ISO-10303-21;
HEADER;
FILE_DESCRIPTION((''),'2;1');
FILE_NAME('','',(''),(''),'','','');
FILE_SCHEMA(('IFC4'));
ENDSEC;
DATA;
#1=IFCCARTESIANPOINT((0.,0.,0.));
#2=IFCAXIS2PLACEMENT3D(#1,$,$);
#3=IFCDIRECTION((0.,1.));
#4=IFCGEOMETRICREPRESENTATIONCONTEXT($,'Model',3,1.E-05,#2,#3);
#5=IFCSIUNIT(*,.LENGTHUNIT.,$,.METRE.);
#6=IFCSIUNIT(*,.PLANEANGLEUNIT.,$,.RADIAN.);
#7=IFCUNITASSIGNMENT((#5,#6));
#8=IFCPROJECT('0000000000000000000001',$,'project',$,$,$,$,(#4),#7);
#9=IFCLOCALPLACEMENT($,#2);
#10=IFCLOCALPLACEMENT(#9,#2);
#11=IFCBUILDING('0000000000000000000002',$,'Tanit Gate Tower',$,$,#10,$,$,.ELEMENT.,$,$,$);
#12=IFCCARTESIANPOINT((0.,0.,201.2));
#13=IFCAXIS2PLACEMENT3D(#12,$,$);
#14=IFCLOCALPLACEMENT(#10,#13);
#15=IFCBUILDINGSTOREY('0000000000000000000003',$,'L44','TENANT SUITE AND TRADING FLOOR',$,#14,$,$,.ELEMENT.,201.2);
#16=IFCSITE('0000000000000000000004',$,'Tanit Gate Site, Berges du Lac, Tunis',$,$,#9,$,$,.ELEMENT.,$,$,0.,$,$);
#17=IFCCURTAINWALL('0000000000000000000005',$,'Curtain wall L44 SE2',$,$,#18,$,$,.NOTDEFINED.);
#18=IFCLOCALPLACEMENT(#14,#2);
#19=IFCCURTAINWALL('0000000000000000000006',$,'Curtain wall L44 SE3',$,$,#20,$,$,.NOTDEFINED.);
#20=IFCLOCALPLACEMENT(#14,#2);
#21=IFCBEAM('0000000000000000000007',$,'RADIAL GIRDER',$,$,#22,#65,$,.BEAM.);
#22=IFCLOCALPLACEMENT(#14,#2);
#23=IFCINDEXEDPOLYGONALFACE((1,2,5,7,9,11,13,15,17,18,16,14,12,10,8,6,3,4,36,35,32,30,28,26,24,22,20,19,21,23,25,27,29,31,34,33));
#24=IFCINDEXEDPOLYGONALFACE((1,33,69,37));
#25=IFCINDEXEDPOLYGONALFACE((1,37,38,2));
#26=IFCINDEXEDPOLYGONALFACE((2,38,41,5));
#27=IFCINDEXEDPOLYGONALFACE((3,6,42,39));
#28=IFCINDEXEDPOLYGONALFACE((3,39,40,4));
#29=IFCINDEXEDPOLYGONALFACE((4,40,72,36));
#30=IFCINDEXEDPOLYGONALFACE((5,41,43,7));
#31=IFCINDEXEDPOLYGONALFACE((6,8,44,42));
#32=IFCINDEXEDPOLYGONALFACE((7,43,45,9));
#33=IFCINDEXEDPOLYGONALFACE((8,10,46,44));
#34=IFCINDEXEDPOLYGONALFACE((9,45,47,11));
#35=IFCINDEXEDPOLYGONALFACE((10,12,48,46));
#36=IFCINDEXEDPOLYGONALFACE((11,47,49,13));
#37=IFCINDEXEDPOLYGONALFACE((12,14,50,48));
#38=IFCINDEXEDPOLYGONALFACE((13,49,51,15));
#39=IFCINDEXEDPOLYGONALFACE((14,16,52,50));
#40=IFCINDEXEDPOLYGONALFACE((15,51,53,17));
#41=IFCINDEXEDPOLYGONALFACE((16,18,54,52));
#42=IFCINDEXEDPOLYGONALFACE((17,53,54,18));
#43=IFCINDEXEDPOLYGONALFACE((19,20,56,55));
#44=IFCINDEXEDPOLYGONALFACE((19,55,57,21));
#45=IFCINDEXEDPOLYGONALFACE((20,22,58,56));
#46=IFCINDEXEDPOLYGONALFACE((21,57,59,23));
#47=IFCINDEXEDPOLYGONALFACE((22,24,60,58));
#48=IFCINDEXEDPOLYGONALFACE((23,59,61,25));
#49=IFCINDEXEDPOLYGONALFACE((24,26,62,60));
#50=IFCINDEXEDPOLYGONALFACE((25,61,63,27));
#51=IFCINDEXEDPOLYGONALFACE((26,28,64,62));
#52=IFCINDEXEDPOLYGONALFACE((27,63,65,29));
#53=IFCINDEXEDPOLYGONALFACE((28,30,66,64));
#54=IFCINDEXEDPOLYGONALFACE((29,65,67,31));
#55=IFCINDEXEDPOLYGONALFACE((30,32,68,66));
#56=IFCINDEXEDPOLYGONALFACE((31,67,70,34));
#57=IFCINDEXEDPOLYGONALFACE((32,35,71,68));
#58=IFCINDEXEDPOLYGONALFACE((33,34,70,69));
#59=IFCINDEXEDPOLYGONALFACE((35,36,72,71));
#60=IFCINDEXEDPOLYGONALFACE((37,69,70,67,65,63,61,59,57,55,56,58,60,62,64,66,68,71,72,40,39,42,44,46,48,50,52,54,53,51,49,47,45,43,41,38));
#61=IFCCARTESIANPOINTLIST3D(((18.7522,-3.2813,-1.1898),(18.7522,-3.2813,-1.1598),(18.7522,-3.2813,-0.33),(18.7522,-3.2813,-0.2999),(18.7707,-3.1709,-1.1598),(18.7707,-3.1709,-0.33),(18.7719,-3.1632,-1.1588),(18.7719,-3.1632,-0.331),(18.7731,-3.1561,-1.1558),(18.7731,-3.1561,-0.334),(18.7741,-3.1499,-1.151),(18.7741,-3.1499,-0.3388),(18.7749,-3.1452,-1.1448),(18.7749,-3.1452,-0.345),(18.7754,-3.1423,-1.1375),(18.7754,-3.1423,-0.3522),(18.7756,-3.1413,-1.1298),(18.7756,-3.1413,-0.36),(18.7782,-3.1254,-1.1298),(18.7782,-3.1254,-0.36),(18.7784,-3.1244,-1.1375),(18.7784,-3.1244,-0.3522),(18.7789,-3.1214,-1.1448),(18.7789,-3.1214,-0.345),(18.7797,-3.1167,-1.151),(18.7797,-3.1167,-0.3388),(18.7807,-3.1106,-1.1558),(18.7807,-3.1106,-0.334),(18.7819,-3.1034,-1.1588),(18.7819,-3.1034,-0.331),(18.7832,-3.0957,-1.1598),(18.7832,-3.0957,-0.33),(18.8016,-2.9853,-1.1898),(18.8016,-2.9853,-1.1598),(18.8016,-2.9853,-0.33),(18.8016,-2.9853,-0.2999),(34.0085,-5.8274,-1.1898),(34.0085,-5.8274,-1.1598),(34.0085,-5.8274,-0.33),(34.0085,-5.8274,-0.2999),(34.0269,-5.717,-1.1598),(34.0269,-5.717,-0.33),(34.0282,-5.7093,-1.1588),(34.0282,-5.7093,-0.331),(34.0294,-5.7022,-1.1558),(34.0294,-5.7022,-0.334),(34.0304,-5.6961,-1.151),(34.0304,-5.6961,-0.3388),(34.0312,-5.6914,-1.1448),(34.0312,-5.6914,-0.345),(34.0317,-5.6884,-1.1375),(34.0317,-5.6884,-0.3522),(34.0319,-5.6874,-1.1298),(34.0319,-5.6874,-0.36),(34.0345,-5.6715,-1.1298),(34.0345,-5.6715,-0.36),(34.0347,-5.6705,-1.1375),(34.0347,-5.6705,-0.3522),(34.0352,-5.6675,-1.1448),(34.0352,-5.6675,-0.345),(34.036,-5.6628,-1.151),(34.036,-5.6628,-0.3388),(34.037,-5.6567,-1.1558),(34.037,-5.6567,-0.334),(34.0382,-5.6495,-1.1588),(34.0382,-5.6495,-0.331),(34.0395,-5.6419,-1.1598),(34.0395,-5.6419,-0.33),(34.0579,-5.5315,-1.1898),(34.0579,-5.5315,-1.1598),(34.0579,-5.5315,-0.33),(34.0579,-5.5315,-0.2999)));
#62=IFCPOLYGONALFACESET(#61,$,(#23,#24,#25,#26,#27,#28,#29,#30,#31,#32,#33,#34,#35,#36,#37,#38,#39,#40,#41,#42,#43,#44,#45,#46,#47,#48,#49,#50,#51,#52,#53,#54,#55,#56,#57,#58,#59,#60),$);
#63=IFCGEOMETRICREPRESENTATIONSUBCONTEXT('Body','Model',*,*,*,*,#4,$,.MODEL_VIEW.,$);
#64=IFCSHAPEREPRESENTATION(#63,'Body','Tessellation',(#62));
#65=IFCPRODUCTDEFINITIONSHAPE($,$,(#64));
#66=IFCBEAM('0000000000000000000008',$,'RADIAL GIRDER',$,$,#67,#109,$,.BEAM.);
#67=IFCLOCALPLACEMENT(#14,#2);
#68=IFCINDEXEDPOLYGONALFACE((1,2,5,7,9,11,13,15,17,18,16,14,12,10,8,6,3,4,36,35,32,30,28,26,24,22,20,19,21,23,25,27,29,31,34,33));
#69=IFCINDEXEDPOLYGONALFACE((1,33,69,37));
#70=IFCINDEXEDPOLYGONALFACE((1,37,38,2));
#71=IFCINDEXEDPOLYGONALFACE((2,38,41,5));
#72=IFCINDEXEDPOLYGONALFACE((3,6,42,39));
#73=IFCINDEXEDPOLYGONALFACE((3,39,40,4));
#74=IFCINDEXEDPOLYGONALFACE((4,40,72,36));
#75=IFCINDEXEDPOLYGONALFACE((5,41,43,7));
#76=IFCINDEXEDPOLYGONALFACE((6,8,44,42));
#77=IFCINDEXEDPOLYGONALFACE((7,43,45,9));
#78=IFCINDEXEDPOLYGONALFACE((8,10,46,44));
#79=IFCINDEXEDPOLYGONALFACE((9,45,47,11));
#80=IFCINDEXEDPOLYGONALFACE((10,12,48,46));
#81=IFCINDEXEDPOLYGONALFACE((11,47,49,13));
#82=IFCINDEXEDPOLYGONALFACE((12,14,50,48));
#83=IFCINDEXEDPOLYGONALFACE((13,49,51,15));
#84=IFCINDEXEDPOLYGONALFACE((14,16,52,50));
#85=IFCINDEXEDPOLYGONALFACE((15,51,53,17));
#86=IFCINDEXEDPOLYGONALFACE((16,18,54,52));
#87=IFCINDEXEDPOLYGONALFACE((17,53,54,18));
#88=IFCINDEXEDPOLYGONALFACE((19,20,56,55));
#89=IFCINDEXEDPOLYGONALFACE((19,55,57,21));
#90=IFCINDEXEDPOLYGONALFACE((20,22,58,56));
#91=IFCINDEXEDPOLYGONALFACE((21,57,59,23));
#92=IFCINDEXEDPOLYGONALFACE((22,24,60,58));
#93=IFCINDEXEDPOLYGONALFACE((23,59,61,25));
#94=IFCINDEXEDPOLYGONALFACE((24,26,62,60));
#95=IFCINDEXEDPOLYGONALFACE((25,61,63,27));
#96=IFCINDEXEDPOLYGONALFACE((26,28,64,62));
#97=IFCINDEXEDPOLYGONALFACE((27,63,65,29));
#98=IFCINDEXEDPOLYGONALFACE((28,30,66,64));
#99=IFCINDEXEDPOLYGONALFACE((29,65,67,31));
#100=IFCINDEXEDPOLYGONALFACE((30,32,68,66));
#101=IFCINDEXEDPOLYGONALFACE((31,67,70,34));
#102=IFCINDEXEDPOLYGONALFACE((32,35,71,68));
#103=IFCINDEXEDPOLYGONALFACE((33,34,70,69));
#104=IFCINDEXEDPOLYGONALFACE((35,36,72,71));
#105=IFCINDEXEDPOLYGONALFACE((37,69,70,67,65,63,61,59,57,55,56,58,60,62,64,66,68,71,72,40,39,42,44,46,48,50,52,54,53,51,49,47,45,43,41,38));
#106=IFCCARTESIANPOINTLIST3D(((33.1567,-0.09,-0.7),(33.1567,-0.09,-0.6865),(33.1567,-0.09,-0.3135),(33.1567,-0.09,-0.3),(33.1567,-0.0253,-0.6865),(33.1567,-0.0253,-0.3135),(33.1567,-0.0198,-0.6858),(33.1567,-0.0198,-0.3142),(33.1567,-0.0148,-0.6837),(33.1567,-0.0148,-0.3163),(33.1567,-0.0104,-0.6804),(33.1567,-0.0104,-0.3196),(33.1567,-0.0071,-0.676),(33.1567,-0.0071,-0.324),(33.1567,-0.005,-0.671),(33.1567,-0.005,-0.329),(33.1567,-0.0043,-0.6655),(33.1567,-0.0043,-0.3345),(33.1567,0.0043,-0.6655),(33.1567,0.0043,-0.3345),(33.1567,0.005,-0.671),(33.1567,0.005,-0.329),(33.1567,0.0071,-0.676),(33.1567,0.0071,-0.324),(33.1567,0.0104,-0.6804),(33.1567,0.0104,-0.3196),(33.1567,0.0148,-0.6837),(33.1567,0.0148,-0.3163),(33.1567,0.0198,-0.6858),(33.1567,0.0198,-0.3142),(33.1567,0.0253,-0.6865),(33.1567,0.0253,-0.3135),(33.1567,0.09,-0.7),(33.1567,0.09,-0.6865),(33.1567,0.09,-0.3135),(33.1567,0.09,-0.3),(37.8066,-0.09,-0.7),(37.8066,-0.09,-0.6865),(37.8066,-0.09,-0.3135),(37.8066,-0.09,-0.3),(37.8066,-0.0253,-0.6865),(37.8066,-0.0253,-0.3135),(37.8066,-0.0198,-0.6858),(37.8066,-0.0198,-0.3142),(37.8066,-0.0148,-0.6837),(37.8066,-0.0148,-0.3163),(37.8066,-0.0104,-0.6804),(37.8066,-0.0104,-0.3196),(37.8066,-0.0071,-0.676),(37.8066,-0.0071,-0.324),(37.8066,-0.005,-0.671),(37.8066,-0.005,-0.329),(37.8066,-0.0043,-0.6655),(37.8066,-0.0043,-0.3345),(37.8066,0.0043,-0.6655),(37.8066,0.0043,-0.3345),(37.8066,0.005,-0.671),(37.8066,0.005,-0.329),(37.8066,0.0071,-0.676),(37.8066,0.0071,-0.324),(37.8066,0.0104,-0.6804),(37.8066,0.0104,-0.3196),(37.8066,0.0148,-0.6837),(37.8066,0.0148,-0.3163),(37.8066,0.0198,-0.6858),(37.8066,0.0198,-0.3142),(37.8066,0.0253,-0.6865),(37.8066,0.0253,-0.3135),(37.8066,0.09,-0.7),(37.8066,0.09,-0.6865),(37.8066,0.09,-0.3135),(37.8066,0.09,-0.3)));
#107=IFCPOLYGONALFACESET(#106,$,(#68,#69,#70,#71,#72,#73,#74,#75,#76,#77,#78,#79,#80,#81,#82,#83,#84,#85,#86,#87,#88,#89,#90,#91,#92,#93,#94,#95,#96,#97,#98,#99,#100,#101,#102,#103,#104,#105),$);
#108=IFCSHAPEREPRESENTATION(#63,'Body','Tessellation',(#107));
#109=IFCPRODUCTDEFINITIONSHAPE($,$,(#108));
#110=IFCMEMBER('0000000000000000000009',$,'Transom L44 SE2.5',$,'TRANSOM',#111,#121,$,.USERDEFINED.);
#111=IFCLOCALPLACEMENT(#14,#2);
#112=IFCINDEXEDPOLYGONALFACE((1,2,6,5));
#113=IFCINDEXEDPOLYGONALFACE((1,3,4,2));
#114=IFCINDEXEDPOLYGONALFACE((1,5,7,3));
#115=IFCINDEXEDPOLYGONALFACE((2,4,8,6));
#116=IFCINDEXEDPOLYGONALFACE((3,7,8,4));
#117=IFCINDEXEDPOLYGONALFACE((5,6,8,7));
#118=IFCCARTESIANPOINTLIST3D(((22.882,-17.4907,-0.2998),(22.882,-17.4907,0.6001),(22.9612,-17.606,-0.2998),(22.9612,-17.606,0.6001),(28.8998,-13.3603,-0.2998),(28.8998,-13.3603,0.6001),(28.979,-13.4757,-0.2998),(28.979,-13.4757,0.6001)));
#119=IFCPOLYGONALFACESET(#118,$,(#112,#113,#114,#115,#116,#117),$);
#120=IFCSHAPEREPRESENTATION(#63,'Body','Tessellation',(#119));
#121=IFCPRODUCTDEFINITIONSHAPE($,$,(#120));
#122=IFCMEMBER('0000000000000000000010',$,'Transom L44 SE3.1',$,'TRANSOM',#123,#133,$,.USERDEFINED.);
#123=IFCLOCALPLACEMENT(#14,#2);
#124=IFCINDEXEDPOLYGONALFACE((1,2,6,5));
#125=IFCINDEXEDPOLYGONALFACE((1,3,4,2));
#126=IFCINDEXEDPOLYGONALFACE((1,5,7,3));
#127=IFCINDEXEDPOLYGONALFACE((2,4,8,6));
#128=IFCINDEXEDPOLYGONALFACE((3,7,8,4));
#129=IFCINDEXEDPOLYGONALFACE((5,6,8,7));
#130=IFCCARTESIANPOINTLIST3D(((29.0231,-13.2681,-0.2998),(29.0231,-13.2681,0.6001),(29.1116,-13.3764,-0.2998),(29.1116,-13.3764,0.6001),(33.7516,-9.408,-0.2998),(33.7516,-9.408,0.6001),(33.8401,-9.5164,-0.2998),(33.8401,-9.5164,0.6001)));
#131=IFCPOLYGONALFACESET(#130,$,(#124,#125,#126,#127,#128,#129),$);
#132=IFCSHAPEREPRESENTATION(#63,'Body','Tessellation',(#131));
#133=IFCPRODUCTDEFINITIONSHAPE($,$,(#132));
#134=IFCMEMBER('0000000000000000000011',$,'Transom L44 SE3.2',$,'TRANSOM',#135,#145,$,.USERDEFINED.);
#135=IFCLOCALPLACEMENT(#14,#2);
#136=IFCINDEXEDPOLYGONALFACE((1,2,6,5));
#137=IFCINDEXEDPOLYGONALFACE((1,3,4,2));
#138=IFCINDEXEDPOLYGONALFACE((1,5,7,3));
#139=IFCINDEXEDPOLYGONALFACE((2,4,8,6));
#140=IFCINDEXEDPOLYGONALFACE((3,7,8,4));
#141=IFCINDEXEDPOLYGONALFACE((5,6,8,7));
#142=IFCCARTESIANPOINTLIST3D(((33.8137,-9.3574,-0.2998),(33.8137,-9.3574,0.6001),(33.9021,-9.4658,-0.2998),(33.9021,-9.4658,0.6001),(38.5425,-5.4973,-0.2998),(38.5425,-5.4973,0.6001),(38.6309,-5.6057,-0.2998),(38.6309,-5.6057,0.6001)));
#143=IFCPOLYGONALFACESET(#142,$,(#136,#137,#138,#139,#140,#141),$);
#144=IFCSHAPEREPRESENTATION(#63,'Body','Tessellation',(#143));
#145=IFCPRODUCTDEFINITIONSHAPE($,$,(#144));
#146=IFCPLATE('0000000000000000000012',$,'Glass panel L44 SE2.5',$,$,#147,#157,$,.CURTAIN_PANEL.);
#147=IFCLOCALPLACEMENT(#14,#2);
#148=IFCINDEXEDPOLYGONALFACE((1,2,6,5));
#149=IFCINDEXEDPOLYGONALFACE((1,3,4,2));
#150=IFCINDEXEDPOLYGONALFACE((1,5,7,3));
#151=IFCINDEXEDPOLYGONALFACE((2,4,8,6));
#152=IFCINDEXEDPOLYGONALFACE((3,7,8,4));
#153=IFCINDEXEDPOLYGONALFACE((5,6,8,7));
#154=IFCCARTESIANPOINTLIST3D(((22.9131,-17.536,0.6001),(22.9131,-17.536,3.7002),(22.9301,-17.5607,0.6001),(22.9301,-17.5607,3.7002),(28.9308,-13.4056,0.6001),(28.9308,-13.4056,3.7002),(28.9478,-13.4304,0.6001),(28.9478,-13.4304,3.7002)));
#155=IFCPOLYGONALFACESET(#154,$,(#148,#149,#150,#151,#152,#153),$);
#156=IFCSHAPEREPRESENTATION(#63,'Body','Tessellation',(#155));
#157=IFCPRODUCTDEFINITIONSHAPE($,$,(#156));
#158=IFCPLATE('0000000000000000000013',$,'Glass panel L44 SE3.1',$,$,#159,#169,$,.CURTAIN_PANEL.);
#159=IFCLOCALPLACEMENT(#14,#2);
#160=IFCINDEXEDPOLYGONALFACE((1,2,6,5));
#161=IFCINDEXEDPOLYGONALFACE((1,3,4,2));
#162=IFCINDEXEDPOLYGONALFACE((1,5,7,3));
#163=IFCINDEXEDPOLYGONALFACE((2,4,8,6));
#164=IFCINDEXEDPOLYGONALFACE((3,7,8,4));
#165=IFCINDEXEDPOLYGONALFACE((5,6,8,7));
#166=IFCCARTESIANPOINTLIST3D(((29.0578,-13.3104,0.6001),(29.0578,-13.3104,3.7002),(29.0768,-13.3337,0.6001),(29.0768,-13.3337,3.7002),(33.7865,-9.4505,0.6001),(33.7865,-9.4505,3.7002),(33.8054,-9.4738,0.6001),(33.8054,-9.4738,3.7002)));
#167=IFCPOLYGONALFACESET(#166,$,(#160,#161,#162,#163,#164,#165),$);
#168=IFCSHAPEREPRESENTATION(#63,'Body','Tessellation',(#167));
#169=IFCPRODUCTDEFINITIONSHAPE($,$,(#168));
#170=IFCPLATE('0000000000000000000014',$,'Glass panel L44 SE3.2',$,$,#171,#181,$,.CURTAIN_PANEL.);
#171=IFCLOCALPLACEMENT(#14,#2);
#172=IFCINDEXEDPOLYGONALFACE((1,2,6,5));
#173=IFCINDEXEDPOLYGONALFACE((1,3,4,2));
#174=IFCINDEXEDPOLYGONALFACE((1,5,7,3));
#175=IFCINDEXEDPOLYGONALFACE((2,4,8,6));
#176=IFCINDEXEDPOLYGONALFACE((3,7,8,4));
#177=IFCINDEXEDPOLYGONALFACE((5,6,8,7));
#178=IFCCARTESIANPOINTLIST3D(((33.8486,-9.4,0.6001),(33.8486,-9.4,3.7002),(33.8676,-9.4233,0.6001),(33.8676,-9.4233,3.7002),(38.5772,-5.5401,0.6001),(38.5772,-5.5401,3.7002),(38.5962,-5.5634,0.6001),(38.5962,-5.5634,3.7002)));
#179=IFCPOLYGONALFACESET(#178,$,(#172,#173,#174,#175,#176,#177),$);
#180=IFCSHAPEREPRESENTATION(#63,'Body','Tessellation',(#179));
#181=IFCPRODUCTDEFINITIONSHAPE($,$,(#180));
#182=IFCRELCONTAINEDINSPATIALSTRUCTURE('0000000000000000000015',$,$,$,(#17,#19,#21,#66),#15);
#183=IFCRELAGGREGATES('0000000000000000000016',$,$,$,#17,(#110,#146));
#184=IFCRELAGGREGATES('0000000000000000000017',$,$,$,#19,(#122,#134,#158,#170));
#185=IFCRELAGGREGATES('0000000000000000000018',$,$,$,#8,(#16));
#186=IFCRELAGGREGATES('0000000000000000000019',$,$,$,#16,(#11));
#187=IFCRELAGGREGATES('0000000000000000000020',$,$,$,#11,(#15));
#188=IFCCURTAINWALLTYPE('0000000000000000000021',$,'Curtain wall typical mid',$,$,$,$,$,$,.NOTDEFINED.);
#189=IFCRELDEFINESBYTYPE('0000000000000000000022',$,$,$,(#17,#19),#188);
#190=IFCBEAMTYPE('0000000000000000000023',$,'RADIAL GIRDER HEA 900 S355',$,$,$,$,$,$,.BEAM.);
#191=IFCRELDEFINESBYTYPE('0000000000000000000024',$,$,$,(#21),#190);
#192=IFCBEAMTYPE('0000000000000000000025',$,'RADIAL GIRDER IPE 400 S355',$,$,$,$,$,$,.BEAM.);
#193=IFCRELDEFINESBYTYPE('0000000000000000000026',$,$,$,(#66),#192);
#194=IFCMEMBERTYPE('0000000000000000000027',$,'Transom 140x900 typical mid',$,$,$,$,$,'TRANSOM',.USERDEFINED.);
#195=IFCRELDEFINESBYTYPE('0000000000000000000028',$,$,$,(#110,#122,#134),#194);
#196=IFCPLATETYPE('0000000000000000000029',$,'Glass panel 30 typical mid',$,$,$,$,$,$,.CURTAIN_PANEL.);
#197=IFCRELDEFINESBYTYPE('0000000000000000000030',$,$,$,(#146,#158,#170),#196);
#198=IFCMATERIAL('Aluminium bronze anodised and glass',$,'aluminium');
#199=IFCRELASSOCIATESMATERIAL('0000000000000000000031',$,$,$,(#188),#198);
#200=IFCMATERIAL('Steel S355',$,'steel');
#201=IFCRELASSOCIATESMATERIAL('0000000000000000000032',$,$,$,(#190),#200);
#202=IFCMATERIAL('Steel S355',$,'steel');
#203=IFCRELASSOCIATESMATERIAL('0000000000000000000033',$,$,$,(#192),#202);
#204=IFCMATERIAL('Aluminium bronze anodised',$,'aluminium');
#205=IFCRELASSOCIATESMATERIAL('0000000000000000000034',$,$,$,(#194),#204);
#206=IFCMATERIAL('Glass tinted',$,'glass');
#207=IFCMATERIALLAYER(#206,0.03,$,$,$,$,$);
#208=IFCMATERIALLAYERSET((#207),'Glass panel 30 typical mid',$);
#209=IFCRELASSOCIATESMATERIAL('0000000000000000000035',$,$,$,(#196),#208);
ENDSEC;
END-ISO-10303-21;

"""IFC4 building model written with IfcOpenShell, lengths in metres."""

from ifc_helpers import new_model, si_unit, direction, frame, origin, origin_2d, place, context, subcontext, project, spatial, rectangle, i_section, extrude, material, layer, layer_set, material_profile, profile_set, type_object, element, aggregate, save


model = new_model("IFC4")

# Units and contexts
model_context = context("Model", 3, precision=1e-05, world=origin(), true_north=direction((0.0, 1.0)))
body_context = subcontext(model_context, "Body", "Model", "MODEL_VIEW")
ifc_project = project(units=[si_unit("LENGTHUNIT", "METRE"), si_unit("PLANEANGLEUNIT", "RADIAN")], contexts=[model_context])

# Site, building, storey
site_placement = place(None, origin())
site = spatial("IfcSite", under=ifc_project, at=site_placement, Name="Tanit Gate Site, Berges du Lac, Tunis", CompositionType="ELEMENT", RefElevation=0.0)
building_placement = place(site_placement, origin())
building = spatial("IfcBuilding", under=site, at=building_placement, Name="Tanit Gate Tower", CompositionType="ELEMENT")
storey_placement = place(building_placement, frame((0.0, 0.0, 201.2)))
storey = spatial("IfcBuildingStorey", under=building, at=storey_placement, Name="L44", Description="TENANT SUITE AND TRADING FLOOR", CompositionType="ELEMENT", Elevation=201.2)

# Curtain wall
ifc_material_1 = material(Name="Aluminium bronze anodised and glass", Category="aluminium")
curtain_wall_type = type_object("IfcCurtainWallType", Name="Curtain wall typical mid", PredefinedType="NOTDEFINED", material=ifc_material_1)
curtain_wall_1_placement = place(storey_placement, origin())
curtain_wall_1 = element("IfcCurtainWall", 1, at=curtain_wall_1_placement, inside=storey, type_object=curtain_wall_type, Name="Curtain wall L44 SE2", PredefinedType="NOTDEFINED")

# Curtain wall
curtain_wall_2_placement = place(storey_placement, origin())
curtain_wall_2 = element("IfcCurtainWall", 2, at=curtain_wall_2_placement, inside=storey, type_object=curtain_wall_type, Name="Curtain wall L44 SE3", PredefinedType="NOTDEFINED")

# Beams
ifc_material_2 = material(Name="Steel S355", Category="steel")
ifc_material_profile_1 = material_profile(ifc_material_2, i_section(OverallWidth=0.3, OverallDepth=0.8899, WebThickness=0.0161, FlangeThickness=0.03, FilletRadius=0.03, at=origin_2d()), Name="HEA 900")
ifc_profile_set_1 = profile_set([ifc_material_profile_1], Name="Steel S355")
beam_type_1 = type_object("IfcBeamType", Name="RADIAL GIRDER HEA 900 S355", PredefinedType="BEAM", material=ifc_profile_set_1)
beam_1_placement = place(storey_placement, frame((34.0332, -5.6794, -0.7449), z_axis=(-0.986358, 0.164614, 0.0), x_axis=(-0.164614, -0.986358, 0.0)))
element("IfcBeam", 3, at=beam_1_placement, inside=storey, type_object=beam_type_1, Name="RADIAL GIRDER", PredefinedType="BEAM", context=body_context, shape_type="SweptSolid", body=[
    extrude(i_section(OverallWidth=0.3, OverallDepth=0.8899, WebThickness=0.0161, FlangeThickness=0.03, FilletRadius=0.03, at=origin_2d()), origin(), (0.0, 0.0, 1.0), 15.4673),
])
ifc_material_3 = material(Name="Steel S355", Category="steel")
ifc_material_profile_2 = material_profile(ifc_material_3, i_section(OverallWidth=0.1799, OverallDepth=0.3999, WebThickness=0.0085, FlangeThickness=0.0134, FilletRadius=0.021, at=origin_2d()), Name="IPE 400")
ifc_profile_set_2 = profile_set([ifc_material_profile_2], Name="Steel S355")
beam_type_2 = type_object("IfcBeamType", Name="RADIAL GIRDER IPE 400 S355", PredefinedType="BEAM", material=ifc_profile_set_2)
beam_2_placement = place(storey_placement, frame((37.8066, 0.0, -0.5), z_axis=(-1.0, 0.0, 0.0), x_axis=(0.0, -1.0, 0.0)))
element("IfcBeam", 4, at=beam_2_placement, inside=storey, type_object=beam_type_2, Name="RADIAL GIRDER", PredefinedType="BEAM", context=body_context, shape_type="SweptSolid", body=[
    extrude(i_section(OverallWidth=0.1799, OverallDepth=0.3999, WebThickness=0.0085, FlangeThickness=0.0134, FilletRadius=0.021, at=origin_2d()), origin(), (0.0, 0.0, 1.0), 4.6499),
])

# Members
ifc_material_4 = material(Name="Aluminium bronze anodised", Category="aluminium")
ifc_material_profile_3 = material_profile(ifc_material_4, rectangle(XDim=0.1399, YDim=0.8999, at=origin_2d()), Name="140x900 bronze transom")
ifc_profile_set_3 = profile_set([ifc_material_profile_3], Name="Aluminium bronze anodised")
member_type_1 = type_object("IfcMemberType", Name="Transom 140x900 typical mid", ElementType="TRANSOM", PredefinedType="USERDEFINED", material=ifc_profile_set_3)
member_1_placement = place(storey_placement, frame((22.9216, -17.5483, 0.1501), z_axis=(0.824482, 0.565888, 0.0), x_axis=(-0.565888, 0.824482, 0.0)))
member_1 = element("IfcMember", 5, at=member_1_placement, type_object=member_type_1, Name="Transom L44 SE2.5", ObjectType="TRANSOM", PredefinedType="USERDEFINED", context=body_context, shape_type="SweptSolid", body=[
    extrude(rectangle(XDim=0.1399, YDim=0.8999, at=origin_2d()), origin(), (0.0, 0.0, 1.0), 7.2988),
])
member_2_placement = place(storey_placement, frame((29.0674, -13.3223, 0.1501), z_axis=(0.774654, 0.632386, 0.0), x_axis=(-0.632386, 0.774654, 0.0)))
member_2 = element("IfcMember", 6, at=member_2_placement, type_object=member_type_1, Name="Transom L44 SE3.1", ObjectType="TRANSOM", PredefinedType="USERDEFINED", context=body_context, shape_type="SweptSolid", body=[
    extrude(rectangle(XDim=0.1399, YDim=0.8999, at=origin_2d()), origin(), (0.0, 0.0, 1.0), 6.104),
])
member_3_placement = place(storey_placement, frame((33.8579, -9.4116, 0.1501), z_axis=(0.77467, 0.632366, 0.0), x_axis=(-0.632366, 0.77467, 0.0)))
member_3 = element("IfcMember", 7, at=member_3_placement, type_object=member_type_1, Name="Transom L44 SE3.2", ObjectType="TRANSOM", PredefinedType="USERDEFINED", context=body_context, shape_type="SweptSolid", body=[
    extrude(rectangle(XDim=0.1399, YDim=0.8999, at=origin_2d()), origin(), (0.0, 0.0, 1.0), 6.1042),
])

# Plates
ifc_material_5 = material(Name="Glass tinted", Category="glass")
ifc_layer_1 = layer(ifc_material_5, 0.03)
ifc_layer_set_1 = layer_set([ifc_layer_1], Name="Glass panel 30 typical mid")
plate_type = type_object("IfcPlateType", Name="Glass panel 30 typical mid", PredefinedType="CURTAIN_PANEL", material=ifc_layer_set_1)
plate_1_placement = place(storey_placement, frame((25.9304, -15.4832, 0.6001), z_axis=(0.0, 0.0, 1.0), x_axis=(0.824479, 0.565893, 0.0)))
plate_1 = element("IfcPlate", 8, at=plate_1_placement, type_object=plate_type, Name="Glass panel L44 SE2.5", PredefinedType="CURTAIN_PANEL", context=body_context, shape_type="SweptSolid", body=[
    extrude(rectangle(XDim=7.2988, YDim=0.03, at=origin_2d()), origin(), (0.0, 0.0, 1.0), 3.1001),
])
aggregate(curtain_wall_1, [member_1, plate_1])
plate_2_placement = place(storey_placement, frame((31.4316, -11.3921, 0.6001), z_axis=(0.0, 0.0, 1.0), x_axis=(0.774676, 0.632358, 0.0)))
plate_2 = element("IfcPlate", 9, at=plate_2_placement, type_object=plate_type, Name="Glass panel L44 SE3.1", PredefinedType="CURTAIN_PANEL", context=body_context, shape_type="SweptSolid", body=[
    extrude(rectangle(XDim=6.104, YDim=0.03, at=origin_2d()), origin(), (0.0, 0.0, 1.0), 3.1001),
])
plate_3_placement = place(storey_placement, frame((36.2224, -7.4817, 0.6001), z_axis=(0.0, 0.0, 1.0), x_axis=(0.774676, 0.632358, 0.0)))
plate_3 = element("IfcPlate", 10, at=plate_3_placement, type_object=plate_type, Name="Glass panel L44 SE3.2", PredefinedType="CURTAIN_PANEL", context=body_context, shape_type="SweptSolid", body=[
    extrude(rectangle(XDim=6.104, YDim=0.03, at=origin_2d()), origin(), (0.0, 0.0, 1.0), 3.1001),
])
aggregate(curtain_wall_2, [member_2, member_3, plate_2, plate_3])

save(model, "model.ifc")
